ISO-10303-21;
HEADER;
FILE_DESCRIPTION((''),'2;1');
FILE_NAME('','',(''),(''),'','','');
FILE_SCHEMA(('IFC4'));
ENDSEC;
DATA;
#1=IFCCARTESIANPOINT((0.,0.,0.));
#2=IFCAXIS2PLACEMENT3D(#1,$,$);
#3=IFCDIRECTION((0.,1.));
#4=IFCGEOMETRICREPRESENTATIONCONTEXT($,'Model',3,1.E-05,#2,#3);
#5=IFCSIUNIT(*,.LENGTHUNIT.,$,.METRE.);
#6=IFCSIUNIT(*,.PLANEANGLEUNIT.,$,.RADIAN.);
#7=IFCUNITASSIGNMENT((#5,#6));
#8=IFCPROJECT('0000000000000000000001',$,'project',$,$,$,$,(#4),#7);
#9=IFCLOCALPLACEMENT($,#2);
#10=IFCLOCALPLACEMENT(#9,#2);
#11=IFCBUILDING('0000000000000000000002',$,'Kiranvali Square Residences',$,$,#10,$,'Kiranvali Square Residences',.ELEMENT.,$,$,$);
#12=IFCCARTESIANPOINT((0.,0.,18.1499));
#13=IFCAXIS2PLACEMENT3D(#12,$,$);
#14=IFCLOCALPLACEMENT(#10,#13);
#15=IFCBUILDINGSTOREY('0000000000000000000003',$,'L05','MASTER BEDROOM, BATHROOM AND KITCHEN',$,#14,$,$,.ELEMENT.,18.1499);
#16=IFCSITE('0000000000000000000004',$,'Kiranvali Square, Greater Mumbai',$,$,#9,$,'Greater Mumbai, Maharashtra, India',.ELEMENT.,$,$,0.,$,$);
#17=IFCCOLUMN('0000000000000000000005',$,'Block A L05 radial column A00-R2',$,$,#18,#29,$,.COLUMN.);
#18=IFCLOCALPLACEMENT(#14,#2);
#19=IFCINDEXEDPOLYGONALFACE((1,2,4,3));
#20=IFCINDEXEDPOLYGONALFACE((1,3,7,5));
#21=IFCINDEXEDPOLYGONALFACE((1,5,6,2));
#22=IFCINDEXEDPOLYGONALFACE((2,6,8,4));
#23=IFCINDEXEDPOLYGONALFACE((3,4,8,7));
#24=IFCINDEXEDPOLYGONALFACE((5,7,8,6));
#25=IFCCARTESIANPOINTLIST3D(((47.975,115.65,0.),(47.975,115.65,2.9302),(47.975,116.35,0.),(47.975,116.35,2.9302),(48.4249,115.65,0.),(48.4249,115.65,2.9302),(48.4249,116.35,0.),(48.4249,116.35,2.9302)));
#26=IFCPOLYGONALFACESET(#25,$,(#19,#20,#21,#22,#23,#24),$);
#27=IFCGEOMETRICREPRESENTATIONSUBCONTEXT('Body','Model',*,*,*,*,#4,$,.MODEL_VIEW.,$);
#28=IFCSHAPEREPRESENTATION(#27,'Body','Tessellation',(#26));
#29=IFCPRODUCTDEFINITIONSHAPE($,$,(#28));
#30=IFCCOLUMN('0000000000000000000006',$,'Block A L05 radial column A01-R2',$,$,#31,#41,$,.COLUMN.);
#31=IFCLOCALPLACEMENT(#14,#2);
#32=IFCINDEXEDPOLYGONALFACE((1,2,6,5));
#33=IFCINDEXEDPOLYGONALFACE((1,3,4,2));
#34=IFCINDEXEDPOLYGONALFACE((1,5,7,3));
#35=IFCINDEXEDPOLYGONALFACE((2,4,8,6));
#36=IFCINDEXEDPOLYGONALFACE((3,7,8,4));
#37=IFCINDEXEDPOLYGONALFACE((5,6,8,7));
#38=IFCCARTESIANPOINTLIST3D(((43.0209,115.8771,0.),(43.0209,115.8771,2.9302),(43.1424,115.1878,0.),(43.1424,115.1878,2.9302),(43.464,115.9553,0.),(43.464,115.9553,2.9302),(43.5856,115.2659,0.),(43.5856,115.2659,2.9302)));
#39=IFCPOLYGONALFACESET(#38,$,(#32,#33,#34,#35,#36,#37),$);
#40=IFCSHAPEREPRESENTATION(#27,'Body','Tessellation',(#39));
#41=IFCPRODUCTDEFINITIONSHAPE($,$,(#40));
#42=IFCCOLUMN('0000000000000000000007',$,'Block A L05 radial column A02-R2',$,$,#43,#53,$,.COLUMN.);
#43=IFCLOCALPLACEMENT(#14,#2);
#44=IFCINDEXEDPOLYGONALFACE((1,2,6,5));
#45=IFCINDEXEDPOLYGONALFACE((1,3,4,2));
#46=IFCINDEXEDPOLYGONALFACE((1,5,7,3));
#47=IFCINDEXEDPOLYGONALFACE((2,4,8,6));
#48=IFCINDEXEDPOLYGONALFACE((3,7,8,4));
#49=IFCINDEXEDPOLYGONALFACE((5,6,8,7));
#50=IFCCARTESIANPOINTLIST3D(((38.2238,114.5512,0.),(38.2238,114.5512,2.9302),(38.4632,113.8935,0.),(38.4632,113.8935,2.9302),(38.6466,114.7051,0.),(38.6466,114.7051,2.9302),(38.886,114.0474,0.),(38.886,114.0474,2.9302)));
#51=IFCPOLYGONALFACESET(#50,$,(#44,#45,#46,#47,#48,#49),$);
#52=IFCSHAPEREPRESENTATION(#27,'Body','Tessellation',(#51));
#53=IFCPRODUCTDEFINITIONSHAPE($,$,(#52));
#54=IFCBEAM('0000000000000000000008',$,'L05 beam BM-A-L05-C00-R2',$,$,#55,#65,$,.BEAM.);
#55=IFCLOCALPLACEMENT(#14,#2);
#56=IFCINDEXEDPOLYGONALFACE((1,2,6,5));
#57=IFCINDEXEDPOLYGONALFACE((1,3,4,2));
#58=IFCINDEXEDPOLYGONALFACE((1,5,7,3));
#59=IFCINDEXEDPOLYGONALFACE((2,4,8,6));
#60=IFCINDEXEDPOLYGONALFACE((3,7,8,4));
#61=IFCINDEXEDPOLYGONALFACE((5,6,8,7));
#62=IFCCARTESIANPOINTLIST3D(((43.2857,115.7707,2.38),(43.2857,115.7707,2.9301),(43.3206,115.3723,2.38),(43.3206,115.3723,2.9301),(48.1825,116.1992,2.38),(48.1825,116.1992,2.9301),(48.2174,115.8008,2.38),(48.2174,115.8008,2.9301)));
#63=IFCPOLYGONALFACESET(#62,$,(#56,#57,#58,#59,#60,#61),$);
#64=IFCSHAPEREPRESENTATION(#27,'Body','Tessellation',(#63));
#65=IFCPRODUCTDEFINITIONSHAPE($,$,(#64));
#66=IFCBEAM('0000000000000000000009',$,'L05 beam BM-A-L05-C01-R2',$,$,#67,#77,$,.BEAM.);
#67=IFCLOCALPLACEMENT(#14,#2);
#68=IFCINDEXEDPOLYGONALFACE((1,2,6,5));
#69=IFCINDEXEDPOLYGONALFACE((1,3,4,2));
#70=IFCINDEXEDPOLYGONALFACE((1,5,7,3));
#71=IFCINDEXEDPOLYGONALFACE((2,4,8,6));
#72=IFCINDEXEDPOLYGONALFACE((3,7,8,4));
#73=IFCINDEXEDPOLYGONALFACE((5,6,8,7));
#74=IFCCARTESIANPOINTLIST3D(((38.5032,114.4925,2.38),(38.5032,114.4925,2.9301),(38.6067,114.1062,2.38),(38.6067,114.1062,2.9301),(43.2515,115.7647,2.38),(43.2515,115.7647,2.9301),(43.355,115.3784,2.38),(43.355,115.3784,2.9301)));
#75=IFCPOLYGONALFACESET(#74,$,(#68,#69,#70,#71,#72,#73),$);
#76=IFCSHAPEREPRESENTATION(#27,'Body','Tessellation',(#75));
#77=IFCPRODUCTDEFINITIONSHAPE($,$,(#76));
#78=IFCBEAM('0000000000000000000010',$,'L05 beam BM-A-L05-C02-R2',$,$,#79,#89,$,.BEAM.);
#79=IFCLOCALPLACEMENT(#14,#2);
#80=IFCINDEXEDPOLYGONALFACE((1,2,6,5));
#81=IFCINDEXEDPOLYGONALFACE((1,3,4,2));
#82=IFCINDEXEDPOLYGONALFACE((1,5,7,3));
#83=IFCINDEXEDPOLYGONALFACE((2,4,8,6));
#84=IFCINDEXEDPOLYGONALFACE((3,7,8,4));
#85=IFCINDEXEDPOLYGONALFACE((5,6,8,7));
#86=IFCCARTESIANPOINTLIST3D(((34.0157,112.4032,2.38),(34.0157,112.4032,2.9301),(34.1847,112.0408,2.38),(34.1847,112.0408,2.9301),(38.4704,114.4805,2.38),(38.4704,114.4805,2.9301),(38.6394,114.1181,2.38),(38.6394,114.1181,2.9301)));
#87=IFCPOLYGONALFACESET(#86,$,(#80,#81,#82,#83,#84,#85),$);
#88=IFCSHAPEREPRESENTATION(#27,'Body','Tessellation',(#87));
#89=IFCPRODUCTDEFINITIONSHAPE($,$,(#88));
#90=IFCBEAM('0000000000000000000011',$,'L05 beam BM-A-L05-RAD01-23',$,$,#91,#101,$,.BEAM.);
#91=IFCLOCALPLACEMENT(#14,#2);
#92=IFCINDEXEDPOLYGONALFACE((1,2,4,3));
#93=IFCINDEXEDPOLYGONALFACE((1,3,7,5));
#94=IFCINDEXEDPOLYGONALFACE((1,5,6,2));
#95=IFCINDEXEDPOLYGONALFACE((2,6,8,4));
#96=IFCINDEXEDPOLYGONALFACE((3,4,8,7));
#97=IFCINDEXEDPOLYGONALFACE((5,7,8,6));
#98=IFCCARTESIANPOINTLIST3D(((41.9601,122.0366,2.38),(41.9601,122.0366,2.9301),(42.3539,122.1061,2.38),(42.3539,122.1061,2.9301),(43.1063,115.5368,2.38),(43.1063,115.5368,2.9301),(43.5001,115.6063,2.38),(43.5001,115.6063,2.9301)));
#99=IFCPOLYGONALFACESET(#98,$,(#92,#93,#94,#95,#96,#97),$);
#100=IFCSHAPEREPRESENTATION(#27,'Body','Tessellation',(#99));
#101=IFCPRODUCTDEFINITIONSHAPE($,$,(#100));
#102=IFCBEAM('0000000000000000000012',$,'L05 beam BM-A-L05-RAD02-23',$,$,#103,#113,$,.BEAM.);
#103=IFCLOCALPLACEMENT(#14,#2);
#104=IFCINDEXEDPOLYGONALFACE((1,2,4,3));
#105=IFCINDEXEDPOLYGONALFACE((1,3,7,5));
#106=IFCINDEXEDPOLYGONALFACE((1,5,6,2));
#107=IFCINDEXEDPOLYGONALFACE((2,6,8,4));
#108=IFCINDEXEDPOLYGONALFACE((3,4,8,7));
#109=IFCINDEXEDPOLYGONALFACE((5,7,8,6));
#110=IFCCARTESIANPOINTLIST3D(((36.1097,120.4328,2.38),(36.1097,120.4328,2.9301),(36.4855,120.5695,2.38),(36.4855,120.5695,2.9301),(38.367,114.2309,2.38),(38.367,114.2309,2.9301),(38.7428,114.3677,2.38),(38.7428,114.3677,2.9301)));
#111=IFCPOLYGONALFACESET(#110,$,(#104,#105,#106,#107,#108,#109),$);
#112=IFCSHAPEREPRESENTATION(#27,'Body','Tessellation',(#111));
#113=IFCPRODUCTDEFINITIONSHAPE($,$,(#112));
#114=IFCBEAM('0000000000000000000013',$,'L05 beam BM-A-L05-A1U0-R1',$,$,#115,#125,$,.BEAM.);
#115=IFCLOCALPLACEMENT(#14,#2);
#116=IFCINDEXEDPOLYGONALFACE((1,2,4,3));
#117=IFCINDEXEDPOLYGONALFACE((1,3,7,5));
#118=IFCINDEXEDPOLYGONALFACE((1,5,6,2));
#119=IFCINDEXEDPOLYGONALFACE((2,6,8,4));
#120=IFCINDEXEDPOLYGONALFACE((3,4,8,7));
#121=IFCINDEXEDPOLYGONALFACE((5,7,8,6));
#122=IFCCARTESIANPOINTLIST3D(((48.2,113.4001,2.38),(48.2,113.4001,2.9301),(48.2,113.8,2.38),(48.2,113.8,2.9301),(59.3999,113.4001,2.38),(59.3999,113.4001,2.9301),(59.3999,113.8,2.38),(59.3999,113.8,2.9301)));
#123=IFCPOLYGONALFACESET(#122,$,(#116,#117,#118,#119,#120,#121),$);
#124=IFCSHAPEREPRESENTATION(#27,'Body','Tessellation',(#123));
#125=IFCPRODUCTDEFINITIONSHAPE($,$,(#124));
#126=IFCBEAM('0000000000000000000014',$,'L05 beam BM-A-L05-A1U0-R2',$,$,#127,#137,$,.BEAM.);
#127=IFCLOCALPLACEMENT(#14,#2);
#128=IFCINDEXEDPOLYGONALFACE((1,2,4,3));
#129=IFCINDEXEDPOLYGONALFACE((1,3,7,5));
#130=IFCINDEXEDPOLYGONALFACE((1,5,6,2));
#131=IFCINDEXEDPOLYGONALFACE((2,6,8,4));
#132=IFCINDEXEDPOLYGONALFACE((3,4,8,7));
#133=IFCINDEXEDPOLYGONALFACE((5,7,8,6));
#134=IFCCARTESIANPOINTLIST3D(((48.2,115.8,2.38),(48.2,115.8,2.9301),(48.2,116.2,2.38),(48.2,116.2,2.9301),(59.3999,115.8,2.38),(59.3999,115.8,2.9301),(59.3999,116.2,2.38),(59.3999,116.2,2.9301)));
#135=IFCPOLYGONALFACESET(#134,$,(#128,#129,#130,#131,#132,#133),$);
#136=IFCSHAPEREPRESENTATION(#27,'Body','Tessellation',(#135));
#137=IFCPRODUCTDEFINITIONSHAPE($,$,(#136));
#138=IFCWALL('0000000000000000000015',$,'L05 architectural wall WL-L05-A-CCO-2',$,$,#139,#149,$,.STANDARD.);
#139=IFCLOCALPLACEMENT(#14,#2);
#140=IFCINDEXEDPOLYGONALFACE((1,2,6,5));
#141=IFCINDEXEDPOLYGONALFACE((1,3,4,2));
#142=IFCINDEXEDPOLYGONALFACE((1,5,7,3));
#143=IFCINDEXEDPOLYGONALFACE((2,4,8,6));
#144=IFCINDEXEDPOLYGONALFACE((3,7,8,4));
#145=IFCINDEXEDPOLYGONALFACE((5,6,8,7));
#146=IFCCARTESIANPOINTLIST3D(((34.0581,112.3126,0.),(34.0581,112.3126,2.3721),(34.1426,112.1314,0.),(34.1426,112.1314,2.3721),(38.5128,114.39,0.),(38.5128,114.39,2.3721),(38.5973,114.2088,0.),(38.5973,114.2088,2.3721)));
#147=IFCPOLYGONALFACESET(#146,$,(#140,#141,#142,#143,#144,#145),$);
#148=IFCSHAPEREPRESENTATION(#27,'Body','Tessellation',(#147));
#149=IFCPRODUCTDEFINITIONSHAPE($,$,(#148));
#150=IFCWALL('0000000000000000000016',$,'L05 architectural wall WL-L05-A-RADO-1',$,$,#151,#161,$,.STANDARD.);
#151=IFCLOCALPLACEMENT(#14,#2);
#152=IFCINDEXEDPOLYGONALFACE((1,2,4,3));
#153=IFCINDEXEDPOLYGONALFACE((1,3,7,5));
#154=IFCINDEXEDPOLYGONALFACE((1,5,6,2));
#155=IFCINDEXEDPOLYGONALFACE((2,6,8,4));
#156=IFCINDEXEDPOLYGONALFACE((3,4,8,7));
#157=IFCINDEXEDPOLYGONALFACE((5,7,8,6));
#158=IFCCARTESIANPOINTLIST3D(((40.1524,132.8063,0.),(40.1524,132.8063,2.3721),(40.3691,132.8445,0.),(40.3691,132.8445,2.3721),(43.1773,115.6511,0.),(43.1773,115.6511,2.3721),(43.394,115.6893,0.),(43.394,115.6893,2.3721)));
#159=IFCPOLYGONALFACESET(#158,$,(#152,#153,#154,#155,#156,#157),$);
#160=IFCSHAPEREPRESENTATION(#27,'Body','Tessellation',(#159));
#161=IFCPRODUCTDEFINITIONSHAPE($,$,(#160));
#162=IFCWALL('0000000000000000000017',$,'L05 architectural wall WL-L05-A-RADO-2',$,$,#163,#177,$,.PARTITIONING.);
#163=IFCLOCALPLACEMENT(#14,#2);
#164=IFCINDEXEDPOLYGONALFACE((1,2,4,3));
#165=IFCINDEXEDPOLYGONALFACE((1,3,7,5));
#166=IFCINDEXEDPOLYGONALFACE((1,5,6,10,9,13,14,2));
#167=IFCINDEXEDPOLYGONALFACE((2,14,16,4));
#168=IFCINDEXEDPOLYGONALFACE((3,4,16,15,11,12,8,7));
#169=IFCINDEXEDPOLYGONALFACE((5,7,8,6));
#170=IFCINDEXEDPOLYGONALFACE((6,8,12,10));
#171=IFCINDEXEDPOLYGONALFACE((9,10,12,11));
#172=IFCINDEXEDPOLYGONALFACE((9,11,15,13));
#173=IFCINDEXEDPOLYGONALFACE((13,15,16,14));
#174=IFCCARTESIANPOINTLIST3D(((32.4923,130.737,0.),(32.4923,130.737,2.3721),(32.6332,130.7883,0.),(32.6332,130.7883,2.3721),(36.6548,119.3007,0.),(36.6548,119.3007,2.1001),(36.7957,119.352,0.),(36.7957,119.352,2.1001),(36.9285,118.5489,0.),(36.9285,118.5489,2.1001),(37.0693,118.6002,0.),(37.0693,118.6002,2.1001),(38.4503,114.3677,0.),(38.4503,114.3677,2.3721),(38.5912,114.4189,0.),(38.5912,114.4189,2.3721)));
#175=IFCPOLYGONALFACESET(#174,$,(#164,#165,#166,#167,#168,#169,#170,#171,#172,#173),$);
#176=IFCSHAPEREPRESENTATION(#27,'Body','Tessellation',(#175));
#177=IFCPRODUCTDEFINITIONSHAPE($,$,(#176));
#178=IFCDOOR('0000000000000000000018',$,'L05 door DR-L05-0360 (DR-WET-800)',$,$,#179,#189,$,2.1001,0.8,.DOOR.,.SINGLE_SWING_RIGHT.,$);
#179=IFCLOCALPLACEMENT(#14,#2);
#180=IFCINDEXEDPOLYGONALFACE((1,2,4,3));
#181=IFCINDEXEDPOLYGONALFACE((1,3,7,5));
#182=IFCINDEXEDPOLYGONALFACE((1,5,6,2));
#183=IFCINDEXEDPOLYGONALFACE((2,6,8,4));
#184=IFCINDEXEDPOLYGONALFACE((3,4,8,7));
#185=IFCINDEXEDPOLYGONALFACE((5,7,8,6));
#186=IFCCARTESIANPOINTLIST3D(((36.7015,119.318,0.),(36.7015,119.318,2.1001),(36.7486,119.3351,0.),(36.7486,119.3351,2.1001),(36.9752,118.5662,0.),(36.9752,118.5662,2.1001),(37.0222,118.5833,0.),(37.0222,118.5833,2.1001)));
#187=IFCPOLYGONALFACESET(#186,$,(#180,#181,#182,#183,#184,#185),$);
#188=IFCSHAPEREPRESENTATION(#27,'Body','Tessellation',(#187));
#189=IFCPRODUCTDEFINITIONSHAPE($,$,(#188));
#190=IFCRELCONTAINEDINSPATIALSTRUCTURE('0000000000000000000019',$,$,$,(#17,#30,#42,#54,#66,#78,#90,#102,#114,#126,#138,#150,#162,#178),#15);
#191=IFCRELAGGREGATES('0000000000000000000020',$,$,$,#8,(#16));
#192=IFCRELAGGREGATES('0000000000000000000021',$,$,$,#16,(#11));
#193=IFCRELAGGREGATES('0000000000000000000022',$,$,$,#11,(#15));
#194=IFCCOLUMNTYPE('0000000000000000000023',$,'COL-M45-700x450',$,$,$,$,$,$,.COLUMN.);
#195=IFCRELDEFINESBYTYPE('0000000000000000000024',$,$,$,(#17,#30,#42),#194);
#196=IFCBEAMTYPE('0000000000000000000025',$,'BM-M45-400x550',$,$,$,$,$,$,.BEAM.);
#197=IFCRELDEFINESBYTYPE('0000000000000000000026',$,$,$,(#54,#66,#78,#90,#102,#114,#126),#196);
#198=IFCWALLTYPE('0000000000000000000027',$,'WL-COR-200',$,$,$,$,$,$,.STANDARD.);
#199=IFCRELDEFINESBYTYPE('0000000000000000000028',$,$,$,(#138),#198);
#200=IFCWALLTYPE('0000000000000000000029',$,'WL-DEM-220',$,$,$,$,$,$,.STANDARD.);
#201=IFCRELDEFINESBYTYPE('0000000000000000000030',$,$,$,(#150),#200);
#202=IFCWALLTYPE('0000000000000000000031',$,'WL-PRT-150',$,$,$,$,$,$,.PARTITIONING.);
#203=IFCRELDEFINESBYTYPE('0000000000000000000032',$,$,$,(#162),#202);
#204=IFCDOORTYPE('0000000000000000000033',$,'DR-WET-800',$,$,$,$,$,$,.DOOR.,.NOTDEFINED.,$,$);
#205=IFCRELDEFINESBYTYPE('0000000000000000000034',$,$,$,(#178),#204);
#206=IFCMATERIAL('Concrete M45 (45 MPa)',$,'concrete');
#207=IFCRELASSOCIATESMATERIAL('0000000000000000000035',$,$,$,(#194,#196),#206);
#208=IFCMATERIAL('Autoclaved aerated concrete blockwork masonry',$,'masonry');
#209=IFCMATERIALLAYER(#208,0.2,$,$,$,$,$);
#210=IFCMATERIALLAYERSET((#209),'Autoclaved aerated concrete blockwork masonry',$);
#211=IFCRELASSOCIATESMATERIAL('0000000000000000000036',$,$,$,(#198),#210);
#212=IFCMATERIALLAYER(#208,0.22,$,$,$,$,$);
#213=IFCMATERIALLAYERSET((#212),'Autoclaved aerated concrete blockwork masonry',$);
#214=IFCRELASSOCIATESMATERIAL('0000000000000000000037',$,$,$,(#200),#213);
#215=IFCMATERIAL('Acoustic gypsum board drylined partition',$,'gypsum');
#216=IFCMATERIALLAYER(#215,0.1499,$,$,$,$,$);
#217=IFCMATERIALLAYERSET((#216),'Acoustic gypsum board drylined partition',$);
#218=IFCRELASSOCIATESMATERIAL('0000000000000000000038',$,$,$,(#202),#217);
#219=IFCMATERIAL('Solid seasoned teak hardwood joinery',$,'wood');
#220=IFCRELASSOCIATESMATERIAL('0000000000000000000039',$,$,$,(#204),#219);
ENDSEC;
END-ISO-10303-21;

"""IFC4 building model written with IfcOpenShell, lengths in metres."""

from ifc_helpers import new_model, si_unit, direction, frame, frame_2d, origin, origin_2d, place, context, subcontext, project, spatial, rectangle, extrude, material, layer, layer_set, material_profile, profile_set, type_object, element, fill, save


model = new_model("IFC4")

# Units and contexts
model_context = context("Model", 3, precision=1e-05, world=origin(), true_north=direction((0.0, 1.0)))
body_context = subcontext(model_context, "Body", "Model", "MODEL_VIEW")
ifc_project = project(units=[si_unit("LENGTHUNIT", "METRE"), si_unit("PLANEANGLEUNIT", "RADIAN")], contexts=[model_context])

# Site, building, storey
site_placement = place(None, origin())
site = spatial("IfcSite", under=ifc_project, at=site_placement, Name="Kiranvali Square, Greater Mumbai", LongName="Greater Mumbai, Maharashtra, India", CompositionType="ELEMENT", RefElevation=0.0)
building_placement = place(site_placement, origin())
building = spatial("IfcBuilding", under=site, at=building_placement, Name="Kiranvali Square Residences", LongName="Kiranvali Square Residences", CompositionType="ELEMENT")
storey_placement = place(building_placement, frame((0.0, 0.0, 18.1499)))
storey = spatial("IfcBuildingStorey", under=building, at=storey_placement, Name="L05", Description="MASTER BEDROOM, BATHROOM AND KITCHEN", CompositionType="ELEMENT", Elevation=18.1499)

# Columns
ifc_material_1 = material(Name="Concrete M45 (45 MPa)", Category="concrete")
ifc_material_profile_1 = material_profile(ifc_material_1, rectangle(XDim=0.45, YDim=0.7, at=origin_2d()), Name="RC 700x450")
ifc_profile_set_1 = profile_set([ifc_material_profile_1], Name="Concrete M45 (45 MPa)")
column_type = type_object("IfcColumnType", Name="COL-M45-700x450", PredefinedType="COLUMN", material=ifc_profile_set_1)
for number, where, z_axis, x_axis, name in (
    (1, (48.2, 116.0, 0.0), (0.0, 0.0, 1.0), (1.0, 0.0, 0.0), "Block A L05 radial column A00-R2"),
    (2, (43.3032, 115.5715, 0.0), (0.0, 0.0, 1.0), (0.984808, 0.173648, 0.0), "Block A L05 radial column A01-R2"),
    (3, (38.5549, 114.2993, 0.0), (0.0, 0.0, 1.0), (0.939693, 0.34202, 0.0), "Block A L05 radial column A02-R2"),
):
    element("IfcColumn", number, at=place(storey_placement, frame(where, z_axis=z_axis, x_axis=x_axis)), inside=storey, type_object=column_type, Name=name, PredefinedType="COLUMN", context=body_context, shape_type="SweptSolid", body=[
        extrude(rectangle(XDim=0.45, YDim=0.7, at=origin_2d()), origin(), (0.0, 0.0, 1.0), 2.9302),
    ])

# Beams
ifc_material_profile_2 = material_profile(ifc_material_1, rectangle(XDim=0.3999, YDim=0.55, at=origin_2d()), Name="RC 400x550")
ifc_profile_set_2 = profile_set([ifc_material_profile_2], Name="Concrete M45 (45 MPa)")
beam_type = type_object("IfcBeamType", Name="BM-M45-400x550", PredefinedType="BEAM", material=ifc_profile_set_2)
beam_1_placement = place(storey_placement, frame((48.2, 116.0, 2.655), z_axis=(-0.996194, -0.087168, 0.0), x_axis=(0.087168, -0.996194, 0.0)))
element("IfcBeam", 4, at=beam_1_placement, inside=storey, type_object=beam_type, Name="L05 beam BM-A-L05-C00-R2", PredefinedType="BEAM", context=body_context, shape_type="SweptSolid", body=[
    extrude(rectangle(XDim=0.3999, YDim=0.55, at=origin_2d()), origin(), (0.0, 0.0, 1.0), 4.9155),
])
beam_2_placement = place(storey_placement, frame((43.3032, 115.5715, 2.655), z_axis=(-0.96593, -0.258803, 0.0), x_axis=(0.258803, -0.96593, 0.0)))
element("IfcBeam", 5, at=beam_2_placement, inside=storey, type_object=beam_type, Name="L05 beam BM-A-L05-C01-R2", PredefinedType="BEAM", context=body_context, shape_type="SweptSolid", body=[
    extrude(rectangle(XDim=0.3999, YDim=0.55, at=origin_2d()), origin(), (0.0, 0.0, 1.0), 4.9158),
])
beam_3_placement = place(storey_placement, frame((38.5549, 114.2993, 2.655), z_axis=(-0.906302, -0.42263, 0.0), x_axis=(0.42263, -0.906302, 0.0)))
element("IfcBeam", 6, at=beam_3_placement, inside=storey, type_object=beam_type, Name="L05 beam BM-A-L05-C02-R2", PredefinedType="BEAM", context=body_context, shape_type="SweptSolid", body=[
    extrude(rectangle(XDim=0.3999, YDim=0.55, at=origin_2d()), origin(), (0.0, 0.0, 1.0), 4.9153),
])
beam_4_placement = place(storey_placement, frame((43.3032, 115.5715, 2.655), z_axis=(-0.173671, 0.984804, 0.0), x_axis=(-0.984804, -0.173671, 0.0)))
element("IfcBeam", 7, at=beam_4_placement, inside=storey, type_object=beam_type, Name="L05 beam BM-A-L05-RAD01-23", PredefinedType="BEAM", context=body_context, shape_type="SweptSolid", body=[
    extrude(rectangle(XDim=0.3999, YDim=0.55, at=origin_2d()), origin(), (0.0, 0.0, 1.0), 6.6001),
])
beam_5_placement = place(storey_placement, frame((38.5549, 114.2993, 2.655), z_axis=(-0.342022, 0.939692, 0.0), x_axis=(-0.939692, -0.342022, 0.0)))
element("IfcBeam", 8, at=beam_5_placement, inside=storey, type_object=beam_type, Name="L05 beam BM-A-L05-RAD02-23", PredefinedType="BEAM", context=body_context, shape_type="SweptSolid", body=[
    extrude(rectangle(XDim=0.3999, YDim=0.55, at=origin_2d()), origin(), (0.0, 0.0, 1.0), 6.5999),
])
for number, where, z_axis, x_axis, name in (
    (9, (48.2, 113.6001, 2.655), (1.0, 0.0, 0.0), (0.0, 1.0, 0.0), "L05 beam BM-A-L05-A1U0-R1"),
    (10, (48.2, 116.0, 2.655), (1.0, 0.0, 0.0), (0.0, 1.0, 0.0), "L05 beam BM-A-L05-A1U0-R2"),
):
    element("IfcBeam", number, at=place(storey_placement, frame(where, z_axis=z_axis, x_axis=x_axis)), inside=storey, type_object=beam_type, Name=name, PredefinedType="BEAM", context=body_context, shape_type="SweptSolid", body=[
        extrude(rectangle(XDim=0.3999, YDim=0.55, at=origin_2d()), origin(), (0.0, 0.0, 1.0), 11.2),
    ])

# Shared definitions
ifc_material_2 = material(Name="Autoclaved aerated concrete blockwork masonry", Category="masonry")
ifc_layer_1 = layer(ifc_material_2, 0.2)
ifc_layer_set_1 = layer_set([ifc_layer_1], Name="Autoclaved aerated concrete blockwork masonry")
wall_type_1 = type_object("IfcWallType", Name="WL-COR-200", PredefinedType="STANDARD", material=ifc_layer_set_1)

# Walls
wall_1_placement = place(storey_placement, frame((38.5549, 114.2993, 0.0), z_axis=(0.0, 0.0, 1.0), x_axis=(-0.906302, -0.42263, 0.0)))
element("IfcWall", 11, at=wall_1_placement, inside=storey, type_object=wall_type_1, Name="L05 architectural wall WL-L05-A-CCO-2", PredefinedType="STANDARD", context=body_context, shape_type="SweptSolid", body=[
    extrude(rectangle(XDim=4.9153, YDim=0.2, at=frame_2d((2.4575, 0.0))), origin(), (0.0, 0.0, 1.0), 2.3721),
])
ifc_layer_2 = layer(ifc_material_2, 0.22)
ifc_layer_set_2 = layer_set([ifc_layer_2], Name="Autoclaved aerated concrete blockwork masonry")
wall_type_2 = type_object("IfcWallType", Name="WL-DEM-220", PredefinedType="STANDARD", material=ifc_layer_set_2)
wall_2_placement = place(storey_placement, frame((43.2856, 115.6702, 0.0), z_axis=(0.0, 0.0, 1.0), x_axis=(-0.173646, 0.984808, 0.0)))
element("IfcWall", 12, at=wall_2_placement, inside=storey, type_object=wall_type_2, Name="L05 architectural wall WL-L05-A-RADO-1", PredefinedType="STANDARD", context=body_context, shape_type="SweptSolid", body=[
    extrude(rectangle(XDim=17.4199, YDim=0.22, at=frame_2d((8.71, 0.0))), origin(), (0.0, 0.0, 1.0), 2.3721),
])

# Wall, opening, door
ifc_material_3 = material(Name="Acoustic gypsum board drylined partition", Category="gypsum")
ifc_layer_3 = layer(ifc_material_3, 0.1499)
ifc_layer_set_3 = layer_set([ifc_layer_3], Name="Acoustic gypsum board drylined partition")
wall_type_3 = type_object("IfcWallType", Name="WL-PRT-150", PredefinedType="PARTITIONING", material=ifc_layer_set_3)
wall_3_placement = place(storey_placement, frame((38.5208, 114.3933, 0.0), z_axis=(0.0, 0.0, 1.0), x_axis=(-0.342022, 0.939692, 0.0)))
wall_3 = element("IfcWall", 13, at=wall_3_placement, inside=storey, type_object=wall_type_3, Name="L05 architectural wall WL-L05-A-RADO-2", PredefinedType="PARTITIONING", context=body_context, shape_type="SweptSolid", body=[
    extrude(rectangle(XDim=17.4199, YDim=0.1499, at=frame_2d((8.71, 0.0))), origin(), (0.0, 0.0, 1.0), 2.3721),
])
opening_1_placement = place(wall_3_placement, frame((4.4497, 0.0, 0.0)))
opening_1 = element("IfcOpeningElement", 14, at=opening_1_placement, cuts=wall_3, PredefinedType="OPENING", context=body_context, shape_type="SweptSolid", body=[
    extrude(rectangle(XDim=0.8, YDim=2.1001, at=frame_2d((0.3999, 1.05))), frame((0.0, 0.085, 0.0), z_axis=(0.0, -1.0, 0.0), x_axis=(1.0, 0.0, 0.0)), (0.0, 0.0, 1.0), 0.1699),
])
ifc_material_4 = material(Name="Solid seasoned teak hardwood joinery", Category="wood")
door_type_1 = type_object("IfcDoorType", Name="DR-WET-800", OperationType="NOTDEFINED", PredefinedType="DOOR", material=ifc_material_4)
door_1_placement = place(opening_1_placement, frame((0.8, 0.0, 0.0), z_axis=(0.0, 0.0, 1.0), x_axis=(-1.0, 0.0, 0.0)))
door_1 = element("IfcDoor", 15, at=door_1_placement, inside=storey, type_object=door_type_1, Name="L05 door DR-L05-0360 (DR-WET-800)", OperationType="SINGLE_SWING_RIGHT", OverallHeight=2.1001, OverallWidth=0.8, PredefinedType="DOOR", context=body_context, shape_type="SweptSolid", body=[
    extrude(rectangle(XDim=0.8, YDim=2.1001, at=frame_2d((0.3999, 1.05))), frame((0.0, 0.0249, 0.0), z_axis=(0.0, -1.0, 0.0), x_axis=(1.0, 0.0, 0.0)), (0.0, 0.0, 1.0), 0.05),
])
fill(opening_1, door_1)

save(model, "model.ifc")
